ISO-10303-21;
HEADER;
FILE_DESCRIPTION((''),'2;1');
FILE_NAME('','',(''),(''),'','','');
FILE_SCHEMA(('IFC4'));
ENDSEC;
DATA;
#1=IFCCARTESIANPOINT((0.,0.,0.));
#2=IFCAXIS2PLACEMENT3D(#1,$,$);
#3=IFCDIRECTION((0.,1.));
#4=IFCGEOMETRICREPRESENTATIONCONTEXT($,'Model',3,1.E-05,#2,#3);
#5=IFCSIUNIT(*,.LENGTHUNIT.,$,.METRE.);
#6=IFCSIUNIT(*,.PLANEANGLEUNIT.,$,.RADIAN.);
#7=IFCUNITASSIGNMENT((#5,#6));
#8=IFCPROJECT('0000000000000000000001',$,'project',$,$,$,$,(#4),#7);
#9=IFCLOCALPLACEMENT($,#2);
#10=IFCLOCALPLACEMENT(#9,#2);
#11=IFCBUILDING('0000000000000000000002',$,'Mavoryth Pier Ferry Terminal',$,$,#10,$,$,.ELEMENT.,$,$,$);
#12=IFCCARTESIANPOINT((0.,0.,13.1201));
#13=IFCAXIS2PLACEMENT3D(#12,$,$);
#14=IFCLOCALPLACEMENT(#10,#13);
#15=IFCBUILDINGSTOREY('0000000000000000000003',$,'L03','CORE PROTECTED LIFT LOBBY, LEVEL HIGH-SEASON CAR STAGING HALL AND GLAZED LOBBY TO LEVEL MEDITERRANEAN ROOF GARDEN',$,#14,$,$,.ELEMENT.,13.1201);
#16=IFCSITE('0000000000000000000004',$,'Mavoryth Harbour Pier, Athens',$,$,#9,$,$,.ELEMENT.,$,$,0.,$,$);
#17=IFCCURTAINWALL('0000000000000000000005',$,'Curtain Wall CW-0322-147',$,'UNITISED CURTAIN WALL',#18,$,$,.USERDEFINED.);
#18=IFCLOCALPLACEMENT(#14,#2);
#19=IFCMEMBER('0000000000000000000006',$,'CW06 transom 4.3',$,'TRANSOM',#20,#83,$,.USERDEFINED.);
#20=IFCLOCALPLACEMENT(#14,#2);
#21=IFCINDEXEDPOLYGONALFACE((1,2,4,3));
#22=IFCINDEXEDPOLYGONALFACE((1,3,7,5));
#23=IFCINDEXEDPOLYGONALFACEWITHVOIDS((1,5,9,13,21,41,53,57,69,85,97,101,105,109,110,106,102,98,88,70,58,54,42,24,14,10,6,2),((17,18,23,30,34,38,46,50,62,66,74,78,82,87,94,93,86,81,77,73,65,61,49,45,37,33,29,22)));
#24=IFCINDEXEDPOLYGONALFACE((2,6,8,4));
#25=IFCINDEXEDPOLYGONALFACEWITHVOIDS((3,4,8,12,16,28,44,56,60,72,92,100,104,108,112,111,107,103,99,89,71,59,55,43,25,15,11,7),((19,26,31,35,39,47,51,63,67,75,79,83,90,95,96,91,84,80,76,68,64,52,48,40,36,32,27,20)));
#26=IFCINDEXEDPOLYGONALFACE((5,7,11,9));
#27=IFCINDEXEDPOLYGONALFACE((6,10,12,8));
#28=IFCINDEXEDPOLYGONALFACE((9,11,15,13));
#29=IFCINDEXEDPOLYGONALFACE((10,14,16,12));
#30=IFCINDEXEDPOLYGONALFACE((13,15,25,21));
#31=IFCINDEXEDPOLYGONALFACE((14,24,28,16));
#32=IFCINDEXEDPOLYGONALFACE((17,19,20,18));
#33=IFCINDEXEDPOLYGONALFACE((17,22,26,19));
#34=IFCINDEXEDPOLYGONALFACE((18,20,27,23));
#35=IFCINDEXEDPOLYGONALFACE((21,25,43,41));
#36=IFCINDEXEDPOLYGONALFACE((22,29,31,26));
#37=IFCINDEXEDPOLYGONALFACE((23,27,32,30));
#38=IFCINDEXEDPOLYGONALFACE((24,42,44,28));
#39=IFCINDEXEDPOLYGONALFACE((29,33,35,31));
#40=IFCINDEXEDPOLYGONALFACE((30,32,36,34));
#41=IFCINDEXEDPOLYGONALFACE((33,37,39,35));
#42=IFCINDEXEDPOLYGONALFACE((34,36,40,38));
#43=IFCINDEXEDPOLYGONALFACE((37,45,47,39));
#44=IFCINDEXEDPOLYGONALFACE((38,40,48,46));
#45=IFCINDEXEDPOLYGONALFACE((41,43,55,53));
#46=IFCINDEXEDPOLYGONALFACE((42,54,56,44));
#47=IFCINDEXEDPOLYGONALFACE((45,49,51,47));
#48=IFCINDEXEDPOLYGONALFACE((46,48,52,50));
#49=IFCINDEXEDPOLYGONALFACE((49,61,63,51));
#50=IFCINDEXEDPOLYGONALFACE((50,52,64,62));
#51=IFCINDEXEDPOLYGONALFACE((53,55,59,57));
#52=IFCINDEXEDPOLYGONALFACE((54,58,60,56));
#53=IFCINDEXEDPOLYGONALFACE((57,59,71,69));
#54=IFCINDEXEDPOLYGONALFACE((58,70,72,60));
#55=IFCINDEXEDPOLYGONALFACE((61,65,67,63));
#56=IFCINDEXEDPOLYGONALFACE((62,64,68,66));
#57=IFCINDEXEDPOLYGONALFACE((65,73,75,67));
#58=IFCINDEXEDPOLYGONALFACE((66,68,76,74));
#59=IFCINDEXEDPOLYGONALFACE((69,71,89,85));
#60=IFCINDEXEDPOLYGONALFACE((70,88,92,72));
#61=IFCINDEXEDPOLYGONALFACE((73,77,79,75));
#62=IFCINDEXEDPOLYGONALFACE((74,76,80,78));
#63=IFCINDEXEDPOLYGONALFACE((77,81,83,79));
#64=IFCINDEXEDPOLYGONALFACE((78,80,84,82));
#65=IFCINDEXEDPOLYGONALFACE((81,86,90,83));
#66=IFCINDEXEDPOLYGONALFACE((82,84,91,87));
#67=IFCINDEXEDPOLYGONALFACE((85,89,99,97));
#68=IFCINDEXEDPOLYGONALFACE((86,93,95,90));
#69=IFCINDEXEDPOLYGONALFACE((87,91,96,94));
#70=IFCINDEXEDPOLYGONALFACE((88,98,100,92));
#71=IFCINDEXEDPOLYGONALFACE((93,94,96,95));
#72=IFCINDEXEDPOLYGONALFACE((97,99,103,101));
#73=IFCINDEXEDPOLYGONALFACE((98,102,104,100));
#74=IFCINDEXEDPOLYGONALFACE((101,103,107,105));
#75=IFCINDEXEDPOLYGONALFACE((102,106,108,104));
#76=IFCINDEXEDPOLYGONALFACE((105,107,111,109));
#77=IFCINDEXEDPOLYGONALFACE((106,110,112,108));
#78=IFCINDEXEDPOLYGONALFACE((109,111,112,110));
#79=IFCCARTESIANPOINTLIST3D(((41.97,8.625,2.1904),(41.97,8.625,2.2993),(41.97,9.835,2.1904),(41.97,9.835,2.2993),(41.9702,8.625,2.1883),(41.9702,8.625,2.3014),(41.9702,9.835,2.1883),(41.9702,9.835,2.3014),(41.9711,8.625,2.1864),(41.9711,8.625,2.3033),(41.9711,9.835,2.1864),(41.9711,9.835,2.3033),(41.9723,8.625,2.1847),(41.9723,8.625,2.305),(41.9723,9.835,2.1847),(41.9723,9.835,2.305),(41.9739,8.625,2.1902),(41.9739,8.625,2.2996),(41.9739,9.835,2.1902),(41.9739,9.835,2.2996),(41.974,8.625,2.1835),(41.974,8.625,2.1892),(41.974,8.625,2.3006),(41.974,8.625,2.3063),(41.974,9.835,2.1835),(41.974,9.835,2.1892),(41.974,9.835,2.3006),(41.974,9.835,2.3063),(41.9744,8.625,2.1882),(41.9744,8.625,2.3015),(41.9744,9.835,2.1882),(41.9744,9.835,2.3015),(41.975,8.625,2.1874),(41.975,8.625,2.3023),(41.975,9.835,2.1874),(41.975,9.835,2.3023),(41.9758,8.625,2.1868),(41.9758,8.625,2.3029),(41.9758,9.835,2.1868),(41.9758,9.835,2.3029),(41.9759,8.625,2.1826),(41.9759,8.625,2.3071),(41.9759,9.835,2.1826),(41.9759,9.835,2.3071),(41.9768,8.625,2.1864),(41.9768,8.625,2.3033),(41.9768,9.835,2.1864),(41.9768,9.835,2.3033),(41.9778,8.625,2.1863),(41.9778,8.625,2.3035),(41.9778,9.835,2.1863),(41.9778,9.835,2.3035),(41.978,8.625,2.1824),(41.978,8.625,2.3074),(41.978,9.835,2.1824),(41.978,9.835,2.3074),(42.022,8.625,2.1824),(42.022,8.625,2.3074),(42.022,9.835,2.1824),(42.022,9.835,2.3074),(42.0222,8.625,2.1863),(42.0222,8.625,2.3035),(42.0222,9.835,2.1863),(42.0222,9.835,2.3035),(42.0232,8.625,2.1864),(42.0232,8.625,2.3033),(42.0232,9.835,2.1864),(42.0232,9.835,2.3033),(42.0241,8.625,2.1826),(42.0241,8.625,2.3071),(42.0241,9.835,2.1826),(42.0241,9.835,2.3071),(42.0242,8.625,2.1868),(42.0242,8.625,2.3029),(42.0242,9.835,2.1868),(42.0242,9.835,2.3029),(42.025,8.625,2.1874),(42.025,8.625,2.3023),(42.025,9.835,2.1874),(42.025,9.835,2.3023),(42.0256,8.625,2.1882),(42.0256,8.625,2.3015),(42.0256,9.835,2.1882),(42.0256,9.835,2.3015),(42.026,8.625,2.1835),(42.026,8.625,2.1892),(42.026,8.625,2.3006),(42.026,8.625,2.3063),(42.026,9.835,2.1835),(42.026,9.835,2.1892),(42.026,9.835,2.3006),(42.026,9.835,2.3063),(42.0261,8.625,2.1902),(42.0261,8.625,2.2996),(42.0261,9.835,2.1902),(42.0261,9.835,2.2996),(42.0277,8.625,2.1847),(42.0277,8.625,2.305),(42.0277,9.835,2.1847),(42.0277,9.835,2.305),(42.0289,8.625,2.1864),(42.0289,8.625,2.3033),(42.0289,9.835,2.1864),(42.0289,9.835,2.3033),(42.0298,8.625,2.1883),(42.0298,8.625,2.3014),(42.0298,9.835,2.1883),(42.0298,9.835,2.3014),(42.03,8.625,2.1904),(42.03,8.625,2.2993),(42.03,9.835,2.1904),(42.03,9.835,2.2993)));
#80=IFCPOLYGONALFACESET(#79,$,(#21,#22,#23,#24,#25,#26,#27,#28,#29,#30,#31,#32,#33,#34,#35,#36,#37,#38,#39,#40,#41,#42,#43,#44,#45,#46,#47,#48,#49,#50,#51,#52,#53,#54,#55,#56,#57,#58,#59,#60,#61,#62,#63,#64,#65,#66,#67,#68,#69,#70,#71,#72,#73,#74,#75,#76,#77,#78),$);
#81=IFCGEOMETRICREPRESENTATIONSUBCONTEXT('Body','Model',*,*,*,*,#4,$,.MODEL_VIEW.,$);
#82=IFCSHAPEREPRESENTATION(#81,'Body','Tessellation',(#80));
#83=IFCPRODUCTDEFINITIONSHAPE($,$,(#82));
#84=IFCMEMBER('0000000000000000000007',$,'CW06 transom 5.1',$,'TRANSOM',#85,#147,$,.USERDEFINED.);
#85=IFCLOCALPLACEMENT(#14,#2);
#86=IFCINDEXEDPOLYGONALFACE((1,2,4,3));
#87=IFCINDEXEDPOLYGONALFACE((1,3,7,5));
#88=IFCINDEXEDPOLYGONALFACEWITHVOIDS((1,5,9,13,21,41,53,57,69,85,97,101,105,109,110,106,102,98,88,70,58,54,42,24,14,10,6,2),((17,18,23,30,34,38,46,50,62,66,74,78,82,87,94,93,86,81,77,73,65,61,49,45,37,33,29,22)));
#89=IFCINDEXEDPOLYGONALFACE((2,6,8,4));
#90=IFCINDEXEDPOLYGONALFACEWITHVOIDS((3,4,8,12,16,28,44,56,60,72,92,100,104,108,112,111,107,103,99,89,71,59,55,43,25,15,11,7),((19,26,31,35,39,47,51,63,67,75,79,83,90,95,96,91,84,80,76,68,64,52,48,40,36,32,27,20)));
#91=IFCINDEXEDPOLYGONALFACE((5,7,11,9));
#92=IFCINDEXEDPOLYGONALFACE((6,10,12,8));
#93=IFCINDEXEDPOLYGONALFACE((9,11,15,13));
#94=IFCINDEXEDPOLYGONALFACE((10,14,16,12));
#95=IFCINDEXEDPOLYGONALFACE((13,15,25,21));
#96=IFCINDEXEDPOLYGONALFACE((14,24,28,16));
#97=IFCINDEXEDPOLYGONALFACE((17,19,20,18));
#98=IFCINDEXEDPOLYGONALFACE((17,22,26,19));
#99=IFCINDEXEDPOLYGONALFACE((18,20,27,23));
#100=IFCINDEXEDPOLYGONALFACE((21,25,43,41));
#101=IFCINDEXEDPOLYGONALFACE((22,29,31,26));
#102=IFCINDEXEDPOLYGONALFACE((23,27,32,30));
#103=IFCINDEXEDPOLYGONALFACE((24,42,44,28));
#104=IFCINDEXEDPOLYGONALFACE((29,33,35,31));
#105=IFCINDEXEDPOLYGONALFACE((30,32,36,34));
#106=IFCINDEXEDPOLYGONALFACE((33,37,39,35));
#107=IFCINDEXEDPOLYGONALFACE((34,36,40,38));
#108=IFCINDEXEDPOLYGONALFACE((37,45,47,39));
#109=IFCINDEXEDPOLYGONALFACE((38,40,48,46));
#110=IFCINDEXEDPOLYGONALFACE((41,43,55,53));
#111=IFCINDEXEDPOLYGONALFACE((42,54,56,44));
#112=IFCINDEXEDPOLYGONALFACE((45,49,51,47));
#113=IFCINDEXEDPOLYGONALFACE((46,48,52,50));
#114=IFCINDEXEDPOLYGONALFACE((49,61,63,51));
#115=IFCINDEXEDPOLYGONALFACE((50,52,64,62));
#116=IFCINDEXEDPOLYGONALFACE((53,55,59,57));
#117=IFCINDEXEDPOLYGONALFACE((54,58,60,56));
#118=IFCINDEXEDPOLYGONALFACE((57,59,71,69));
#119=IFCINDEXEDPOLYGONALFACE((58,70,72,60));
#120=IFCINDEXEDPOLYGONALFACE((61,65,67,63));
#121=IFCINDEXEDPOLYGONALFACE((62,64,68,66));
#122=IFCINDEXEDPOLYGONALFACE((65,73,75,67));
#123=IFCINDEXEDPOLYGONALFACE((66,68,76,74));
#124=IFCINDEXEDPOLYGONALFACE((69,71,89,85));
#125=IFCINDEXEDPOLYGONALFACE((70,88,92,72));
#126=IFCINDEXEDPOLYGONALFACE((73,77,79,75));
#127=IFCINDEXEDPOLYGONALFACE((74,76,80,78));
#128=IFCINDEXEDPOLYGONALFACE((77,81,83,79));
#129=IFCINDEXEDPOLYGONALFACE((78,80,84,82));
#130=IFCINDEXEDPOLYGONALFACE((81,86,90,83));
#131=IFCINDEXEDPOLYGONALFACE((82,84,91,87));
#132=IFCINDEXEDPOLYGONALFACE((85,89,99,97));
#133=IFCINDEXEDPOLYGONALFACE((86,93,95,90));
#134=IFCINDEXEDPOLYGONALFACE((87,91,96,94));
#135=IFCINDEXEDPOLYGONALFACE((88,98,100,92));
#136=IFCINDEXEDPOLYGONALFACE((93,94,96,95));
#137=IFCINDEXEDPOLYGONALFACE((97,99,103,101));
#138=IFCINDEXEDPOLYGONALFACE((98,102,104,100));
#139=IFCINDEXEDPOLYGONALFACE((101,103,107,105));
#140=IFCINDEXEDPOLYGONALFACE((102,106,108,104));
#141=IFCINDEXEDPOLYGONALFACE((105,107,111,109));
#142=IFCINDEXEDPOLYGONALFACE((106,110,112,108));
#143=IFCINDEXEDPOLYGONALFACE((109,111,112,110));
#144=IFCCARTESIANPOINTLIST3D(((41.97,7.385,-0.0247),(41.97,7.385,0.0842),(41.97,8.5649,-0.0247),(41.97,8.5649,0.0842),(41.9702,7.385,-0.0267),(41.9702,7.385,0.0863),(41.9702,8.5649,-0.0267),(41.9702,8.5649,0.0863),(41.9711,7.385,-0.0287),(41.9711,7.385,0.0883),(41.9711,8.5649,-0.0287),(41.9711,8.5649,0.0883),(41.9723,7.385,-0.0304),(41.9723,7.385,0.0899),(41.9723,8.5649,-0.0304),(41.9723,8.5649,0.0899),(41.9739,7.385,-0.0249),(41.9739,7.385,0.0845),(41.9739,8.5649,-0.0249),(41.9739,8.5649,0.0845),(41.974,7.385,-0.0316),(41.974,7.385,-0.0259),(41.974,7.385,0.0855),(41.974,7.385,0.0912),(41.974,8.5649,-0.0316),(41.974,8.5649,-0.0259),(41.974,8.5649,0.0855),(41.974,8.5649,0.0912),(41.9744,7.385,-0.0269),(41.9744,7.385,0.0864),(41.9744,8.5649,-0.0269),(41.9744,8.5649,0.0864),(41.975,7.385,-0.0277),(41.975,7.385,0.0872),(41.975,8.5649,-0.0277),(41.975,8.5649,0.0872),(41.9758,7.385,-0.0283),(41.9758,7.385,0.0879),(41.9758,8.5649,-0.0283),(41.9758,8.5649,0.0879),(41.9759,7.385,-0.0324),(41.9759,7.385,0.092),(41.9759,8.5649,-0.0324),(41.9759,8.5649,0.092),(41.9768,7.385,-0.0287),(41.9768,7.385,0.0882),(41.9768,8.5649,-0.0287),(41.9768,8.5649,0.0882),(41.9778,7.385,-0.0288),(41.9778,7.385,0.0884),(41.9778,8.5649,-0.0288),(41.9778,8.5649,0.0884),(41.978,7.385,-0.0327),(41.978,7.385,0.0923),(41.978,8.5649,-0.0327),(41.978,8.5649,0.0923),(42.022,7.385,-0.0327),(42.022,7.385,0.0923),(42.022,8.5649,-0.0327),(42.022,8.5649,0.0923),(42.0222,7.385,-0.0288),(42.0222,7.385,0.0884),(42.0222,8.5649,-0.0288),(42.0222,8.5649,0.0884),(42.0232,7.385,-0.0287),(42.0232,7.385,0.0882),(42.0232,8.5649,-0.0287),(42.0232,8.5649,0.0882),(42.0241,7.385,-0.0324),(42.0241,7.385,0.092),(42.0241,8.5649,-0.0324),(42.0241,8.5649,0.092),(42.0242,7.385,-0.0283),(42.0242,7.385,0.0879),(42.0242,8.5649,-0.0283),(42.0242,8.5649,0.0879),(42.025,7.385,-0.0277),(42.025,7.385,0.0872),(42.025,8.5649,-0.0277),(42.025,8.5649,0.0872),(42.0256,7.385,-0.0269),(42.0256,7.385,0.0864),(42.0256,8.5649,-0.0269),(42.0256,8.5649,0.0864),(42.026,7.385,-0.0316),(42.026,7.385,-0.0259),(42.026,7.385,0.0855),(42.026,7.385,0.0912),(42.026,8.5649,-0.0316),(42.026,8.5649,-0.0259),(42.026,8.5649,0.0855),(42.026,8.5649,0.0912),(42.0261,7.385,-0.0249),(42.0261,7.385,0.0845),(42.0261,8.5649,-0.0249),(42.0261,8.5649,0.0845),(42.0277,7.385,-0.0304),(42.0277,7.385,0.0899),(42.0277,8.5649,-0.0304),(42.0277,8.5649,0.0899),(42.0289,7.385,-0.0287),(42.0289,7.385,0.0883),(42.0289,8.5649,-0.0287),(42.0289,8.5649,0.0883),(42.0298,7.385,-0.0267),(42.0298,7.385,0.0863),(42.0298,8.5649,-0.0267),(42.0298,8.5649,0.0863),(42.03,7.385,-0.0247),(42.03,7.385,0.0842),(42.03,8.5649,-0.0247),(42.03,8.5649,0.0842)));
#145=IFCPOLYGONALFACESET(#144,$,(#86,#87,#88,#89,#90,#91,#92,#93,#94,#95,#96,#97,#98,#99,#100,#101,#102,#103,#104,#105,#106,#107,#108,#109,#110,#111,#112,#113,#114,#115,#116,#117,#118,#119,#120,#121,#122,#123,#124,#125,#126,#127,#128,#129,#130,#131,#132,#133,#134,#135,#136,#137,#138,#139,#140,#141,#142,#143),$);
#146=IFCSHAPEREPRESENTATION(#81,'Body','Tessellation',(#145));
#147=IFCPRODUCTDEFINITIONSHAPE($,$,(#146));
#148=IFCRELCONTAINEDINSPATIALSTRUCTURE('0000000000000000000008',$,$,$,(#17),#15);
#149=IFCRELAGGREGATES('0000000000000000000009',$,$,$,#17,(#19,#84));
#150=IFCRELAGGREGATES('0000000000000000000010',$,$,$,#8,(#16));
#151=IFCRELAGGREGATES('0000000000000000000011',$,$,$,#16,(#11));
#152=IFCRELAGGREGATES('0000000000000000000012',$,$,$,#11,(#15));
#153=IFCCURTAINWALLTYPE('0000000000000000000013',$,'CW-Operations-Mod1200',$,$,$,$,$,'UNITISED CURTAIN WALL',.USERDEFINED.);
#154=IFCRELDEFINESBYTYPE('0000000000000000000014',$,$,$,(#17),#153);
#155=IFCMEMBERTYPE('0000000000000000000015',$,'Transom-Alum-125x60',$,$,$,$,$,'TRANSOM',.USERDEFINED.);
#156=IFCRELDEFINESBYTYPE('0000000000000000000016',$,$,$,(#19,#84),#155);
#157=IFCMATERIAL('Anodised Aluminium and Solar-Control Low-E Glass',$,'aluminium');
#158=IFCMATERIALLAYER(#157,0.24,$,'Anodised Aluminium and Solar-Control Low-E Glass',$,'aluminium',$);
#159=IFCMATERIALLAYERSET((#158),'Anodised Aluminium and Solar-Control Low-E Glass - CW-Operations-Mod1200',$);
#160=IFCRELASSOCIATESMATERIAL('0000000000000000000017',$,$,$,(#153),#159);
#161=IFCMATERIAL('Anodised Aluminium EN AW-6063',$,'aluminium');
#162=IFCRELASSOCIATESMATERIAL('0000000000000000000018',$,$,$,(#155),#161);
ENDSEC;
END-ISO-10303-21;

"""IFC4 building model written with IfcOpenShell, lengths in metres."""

from ifc_helpers import new_model, si_unit, direction, frame, origin, origin_2d, place, context, subcontext, project, spatial, hollow_rectangle, extrude, material, layer, layer_set, material_profile, profile_set, type_object, element, aggregate, save


model = new_model("IFC4")

# Units and contexts
model_context = context("Model", 3, precision=1e-05, world=origin(), true_north=direction((0.0, 1.0)))
body_context = subcontext(model_context, "Body", "Model", "MODEL_VIEW")
ifc_project = project(units=[si_unit("LENGTHUNIT", "METRE"), si_unit("PLANEANGLEUNIT", "RADIAN")], contexts=[model_context])

# Site, building, storey
site_placement = place(None, origin())
site = spatial("IfcSite", under=ifc_project, at=site_placement, Name="Mavoryth Harbour Pier, Athens", CompositionType="ELEMENT", RefElevation=0.0)
building_placement = place(site_placement, origin())
building = spatial("IfcBuilding", under=site, at=building_placement, Name="Mavoryth Pier Ferry Terminal", CompositionType="ELEMENT")
storey_placement = place(building_placement, frame((0.0, 0.0, 13.1201)))
storey = spatial("IfcBuildingStorey", under=building, at=storey_placement, Name="L03", Description="CORE PROTECTED LIFT LOBBY, LEVEL HIGH-SEASON CAR STAGING HALL AND GLAZED LOBBY TO LEVEL MEDITERRANEAN ROOF GARDEN", CompositionType="ELEMENT", Elevation=13.1201)

# Curtain wall
ifc_material_1 = material(Name="Anodised Aluminium and Solar-Control Low-E Glass", Category="aluminium")
ifc_layer_1 = layer(ifc_material_1, 0.24, Name="Anodised Aluminium and Solar-Control Low-E Glass", Category="aluminium")
ifc_layer_set_1 = layer_set([ifc_layer_1], Name="Anodised Aluminium and Solar-Control Low-E Glass - CW-Operations-Mod1200")
curtain_wall_type = type_object("IfcCurtainWallType", Name="CW-Operations-Mod1200", ElementType="UNITISED CURTAIN WALL", PredefinedType="USERDEFINED", material=ifc_layer_set_1)
curtain_wall_1_placement = place(storey_placement, origin())
curtain_wall_1 = element("IfcCurtainWall", 1, at=curtain_wall_1_placement, inside=storey, type_object=curtain_wall_type, Name="Curtain Wall CW-0322-147", ObjectType="UNITISED CURTAIN WALL", PredefinedType="USERDEFINED")
ifc_material_2 = material(Name="Anodised Aluminium EN AW-6063", Category="aluminium")

# Members
ifc_material_profile_1 = material_profile(ifc_material_2, hollow_rectangle(XDim=0.0601, YDim=0.125, WallThickness=0.0039, InnerFilletRadius=0.0039, OuterFilletRadius=0.0081, at=origin_2d()), Name="AL-TRAN 125x60x4", Category="aluminium")
ifc_profile_set_1 = profile_set([ifc_material_profile_1], Name="Anodised Aluminium EN AW-6063 - AL-TRAN 125x60x4")
member_type_1 = type_object("IfcMemberType", Name="Transom-Alum-125x60", ElementType="TRANSOM", PredefinedType="USERDEFINED", material=ifc_profile_set_1)
member_1_placement = place(storey_placement, frame((42.0, 9.835, 2.2449), z_axis=(0.0, -1.0, 0.0), x_axis=(1.0, 0.0, 0.0)))
member_1 = element("IfcMember", 2, at=member_1_placement, type_object=member_type_1, Name="CW06 transom 4.3", ObjectType="TRANSOM", PredefinedType="USERDEFINED", context=body_context, shape_type="SweptSolid", body=[
    extrude(hollow_rectangle(XDim=0.0601, YDim=0.125, WallThickness=0.0039, InnerFilletRadius=0.0039, OuterFilletRadius=0.0081, at=origin_2d()), origin(), (0.0, 0.0, 1.0), 1.21),
])
member_2_placement = place(storey_placement, frame((42.0, 8.5649, 0.0298), z_axis=(0.0, -1.0, 0.0), x_axis=(1.0, 0.0, 0.0)))
member_2 = element("IfcMember", 3, at=member_2_placement, type_object=member_type_1, Name="CW06 transom 5.1", ObjectType="TRANSOM", PredefinedType="USERDEFINED", context=body_context, shape_type="SweptSolid", body=[
    extrude(hollow_rectangle(XDim=0.0601, YDim=0.125, WallThickness=0.0039, InnerFilletRadius=0.0039, OuterFilletRadius=0.0081, at=origin_2d()), origin(), (0.0, 0.0, 1.0), 1.1799),
])

aggregate(curtain_wall_1, [member_1, member_2])

save(model, "model.ifc")
